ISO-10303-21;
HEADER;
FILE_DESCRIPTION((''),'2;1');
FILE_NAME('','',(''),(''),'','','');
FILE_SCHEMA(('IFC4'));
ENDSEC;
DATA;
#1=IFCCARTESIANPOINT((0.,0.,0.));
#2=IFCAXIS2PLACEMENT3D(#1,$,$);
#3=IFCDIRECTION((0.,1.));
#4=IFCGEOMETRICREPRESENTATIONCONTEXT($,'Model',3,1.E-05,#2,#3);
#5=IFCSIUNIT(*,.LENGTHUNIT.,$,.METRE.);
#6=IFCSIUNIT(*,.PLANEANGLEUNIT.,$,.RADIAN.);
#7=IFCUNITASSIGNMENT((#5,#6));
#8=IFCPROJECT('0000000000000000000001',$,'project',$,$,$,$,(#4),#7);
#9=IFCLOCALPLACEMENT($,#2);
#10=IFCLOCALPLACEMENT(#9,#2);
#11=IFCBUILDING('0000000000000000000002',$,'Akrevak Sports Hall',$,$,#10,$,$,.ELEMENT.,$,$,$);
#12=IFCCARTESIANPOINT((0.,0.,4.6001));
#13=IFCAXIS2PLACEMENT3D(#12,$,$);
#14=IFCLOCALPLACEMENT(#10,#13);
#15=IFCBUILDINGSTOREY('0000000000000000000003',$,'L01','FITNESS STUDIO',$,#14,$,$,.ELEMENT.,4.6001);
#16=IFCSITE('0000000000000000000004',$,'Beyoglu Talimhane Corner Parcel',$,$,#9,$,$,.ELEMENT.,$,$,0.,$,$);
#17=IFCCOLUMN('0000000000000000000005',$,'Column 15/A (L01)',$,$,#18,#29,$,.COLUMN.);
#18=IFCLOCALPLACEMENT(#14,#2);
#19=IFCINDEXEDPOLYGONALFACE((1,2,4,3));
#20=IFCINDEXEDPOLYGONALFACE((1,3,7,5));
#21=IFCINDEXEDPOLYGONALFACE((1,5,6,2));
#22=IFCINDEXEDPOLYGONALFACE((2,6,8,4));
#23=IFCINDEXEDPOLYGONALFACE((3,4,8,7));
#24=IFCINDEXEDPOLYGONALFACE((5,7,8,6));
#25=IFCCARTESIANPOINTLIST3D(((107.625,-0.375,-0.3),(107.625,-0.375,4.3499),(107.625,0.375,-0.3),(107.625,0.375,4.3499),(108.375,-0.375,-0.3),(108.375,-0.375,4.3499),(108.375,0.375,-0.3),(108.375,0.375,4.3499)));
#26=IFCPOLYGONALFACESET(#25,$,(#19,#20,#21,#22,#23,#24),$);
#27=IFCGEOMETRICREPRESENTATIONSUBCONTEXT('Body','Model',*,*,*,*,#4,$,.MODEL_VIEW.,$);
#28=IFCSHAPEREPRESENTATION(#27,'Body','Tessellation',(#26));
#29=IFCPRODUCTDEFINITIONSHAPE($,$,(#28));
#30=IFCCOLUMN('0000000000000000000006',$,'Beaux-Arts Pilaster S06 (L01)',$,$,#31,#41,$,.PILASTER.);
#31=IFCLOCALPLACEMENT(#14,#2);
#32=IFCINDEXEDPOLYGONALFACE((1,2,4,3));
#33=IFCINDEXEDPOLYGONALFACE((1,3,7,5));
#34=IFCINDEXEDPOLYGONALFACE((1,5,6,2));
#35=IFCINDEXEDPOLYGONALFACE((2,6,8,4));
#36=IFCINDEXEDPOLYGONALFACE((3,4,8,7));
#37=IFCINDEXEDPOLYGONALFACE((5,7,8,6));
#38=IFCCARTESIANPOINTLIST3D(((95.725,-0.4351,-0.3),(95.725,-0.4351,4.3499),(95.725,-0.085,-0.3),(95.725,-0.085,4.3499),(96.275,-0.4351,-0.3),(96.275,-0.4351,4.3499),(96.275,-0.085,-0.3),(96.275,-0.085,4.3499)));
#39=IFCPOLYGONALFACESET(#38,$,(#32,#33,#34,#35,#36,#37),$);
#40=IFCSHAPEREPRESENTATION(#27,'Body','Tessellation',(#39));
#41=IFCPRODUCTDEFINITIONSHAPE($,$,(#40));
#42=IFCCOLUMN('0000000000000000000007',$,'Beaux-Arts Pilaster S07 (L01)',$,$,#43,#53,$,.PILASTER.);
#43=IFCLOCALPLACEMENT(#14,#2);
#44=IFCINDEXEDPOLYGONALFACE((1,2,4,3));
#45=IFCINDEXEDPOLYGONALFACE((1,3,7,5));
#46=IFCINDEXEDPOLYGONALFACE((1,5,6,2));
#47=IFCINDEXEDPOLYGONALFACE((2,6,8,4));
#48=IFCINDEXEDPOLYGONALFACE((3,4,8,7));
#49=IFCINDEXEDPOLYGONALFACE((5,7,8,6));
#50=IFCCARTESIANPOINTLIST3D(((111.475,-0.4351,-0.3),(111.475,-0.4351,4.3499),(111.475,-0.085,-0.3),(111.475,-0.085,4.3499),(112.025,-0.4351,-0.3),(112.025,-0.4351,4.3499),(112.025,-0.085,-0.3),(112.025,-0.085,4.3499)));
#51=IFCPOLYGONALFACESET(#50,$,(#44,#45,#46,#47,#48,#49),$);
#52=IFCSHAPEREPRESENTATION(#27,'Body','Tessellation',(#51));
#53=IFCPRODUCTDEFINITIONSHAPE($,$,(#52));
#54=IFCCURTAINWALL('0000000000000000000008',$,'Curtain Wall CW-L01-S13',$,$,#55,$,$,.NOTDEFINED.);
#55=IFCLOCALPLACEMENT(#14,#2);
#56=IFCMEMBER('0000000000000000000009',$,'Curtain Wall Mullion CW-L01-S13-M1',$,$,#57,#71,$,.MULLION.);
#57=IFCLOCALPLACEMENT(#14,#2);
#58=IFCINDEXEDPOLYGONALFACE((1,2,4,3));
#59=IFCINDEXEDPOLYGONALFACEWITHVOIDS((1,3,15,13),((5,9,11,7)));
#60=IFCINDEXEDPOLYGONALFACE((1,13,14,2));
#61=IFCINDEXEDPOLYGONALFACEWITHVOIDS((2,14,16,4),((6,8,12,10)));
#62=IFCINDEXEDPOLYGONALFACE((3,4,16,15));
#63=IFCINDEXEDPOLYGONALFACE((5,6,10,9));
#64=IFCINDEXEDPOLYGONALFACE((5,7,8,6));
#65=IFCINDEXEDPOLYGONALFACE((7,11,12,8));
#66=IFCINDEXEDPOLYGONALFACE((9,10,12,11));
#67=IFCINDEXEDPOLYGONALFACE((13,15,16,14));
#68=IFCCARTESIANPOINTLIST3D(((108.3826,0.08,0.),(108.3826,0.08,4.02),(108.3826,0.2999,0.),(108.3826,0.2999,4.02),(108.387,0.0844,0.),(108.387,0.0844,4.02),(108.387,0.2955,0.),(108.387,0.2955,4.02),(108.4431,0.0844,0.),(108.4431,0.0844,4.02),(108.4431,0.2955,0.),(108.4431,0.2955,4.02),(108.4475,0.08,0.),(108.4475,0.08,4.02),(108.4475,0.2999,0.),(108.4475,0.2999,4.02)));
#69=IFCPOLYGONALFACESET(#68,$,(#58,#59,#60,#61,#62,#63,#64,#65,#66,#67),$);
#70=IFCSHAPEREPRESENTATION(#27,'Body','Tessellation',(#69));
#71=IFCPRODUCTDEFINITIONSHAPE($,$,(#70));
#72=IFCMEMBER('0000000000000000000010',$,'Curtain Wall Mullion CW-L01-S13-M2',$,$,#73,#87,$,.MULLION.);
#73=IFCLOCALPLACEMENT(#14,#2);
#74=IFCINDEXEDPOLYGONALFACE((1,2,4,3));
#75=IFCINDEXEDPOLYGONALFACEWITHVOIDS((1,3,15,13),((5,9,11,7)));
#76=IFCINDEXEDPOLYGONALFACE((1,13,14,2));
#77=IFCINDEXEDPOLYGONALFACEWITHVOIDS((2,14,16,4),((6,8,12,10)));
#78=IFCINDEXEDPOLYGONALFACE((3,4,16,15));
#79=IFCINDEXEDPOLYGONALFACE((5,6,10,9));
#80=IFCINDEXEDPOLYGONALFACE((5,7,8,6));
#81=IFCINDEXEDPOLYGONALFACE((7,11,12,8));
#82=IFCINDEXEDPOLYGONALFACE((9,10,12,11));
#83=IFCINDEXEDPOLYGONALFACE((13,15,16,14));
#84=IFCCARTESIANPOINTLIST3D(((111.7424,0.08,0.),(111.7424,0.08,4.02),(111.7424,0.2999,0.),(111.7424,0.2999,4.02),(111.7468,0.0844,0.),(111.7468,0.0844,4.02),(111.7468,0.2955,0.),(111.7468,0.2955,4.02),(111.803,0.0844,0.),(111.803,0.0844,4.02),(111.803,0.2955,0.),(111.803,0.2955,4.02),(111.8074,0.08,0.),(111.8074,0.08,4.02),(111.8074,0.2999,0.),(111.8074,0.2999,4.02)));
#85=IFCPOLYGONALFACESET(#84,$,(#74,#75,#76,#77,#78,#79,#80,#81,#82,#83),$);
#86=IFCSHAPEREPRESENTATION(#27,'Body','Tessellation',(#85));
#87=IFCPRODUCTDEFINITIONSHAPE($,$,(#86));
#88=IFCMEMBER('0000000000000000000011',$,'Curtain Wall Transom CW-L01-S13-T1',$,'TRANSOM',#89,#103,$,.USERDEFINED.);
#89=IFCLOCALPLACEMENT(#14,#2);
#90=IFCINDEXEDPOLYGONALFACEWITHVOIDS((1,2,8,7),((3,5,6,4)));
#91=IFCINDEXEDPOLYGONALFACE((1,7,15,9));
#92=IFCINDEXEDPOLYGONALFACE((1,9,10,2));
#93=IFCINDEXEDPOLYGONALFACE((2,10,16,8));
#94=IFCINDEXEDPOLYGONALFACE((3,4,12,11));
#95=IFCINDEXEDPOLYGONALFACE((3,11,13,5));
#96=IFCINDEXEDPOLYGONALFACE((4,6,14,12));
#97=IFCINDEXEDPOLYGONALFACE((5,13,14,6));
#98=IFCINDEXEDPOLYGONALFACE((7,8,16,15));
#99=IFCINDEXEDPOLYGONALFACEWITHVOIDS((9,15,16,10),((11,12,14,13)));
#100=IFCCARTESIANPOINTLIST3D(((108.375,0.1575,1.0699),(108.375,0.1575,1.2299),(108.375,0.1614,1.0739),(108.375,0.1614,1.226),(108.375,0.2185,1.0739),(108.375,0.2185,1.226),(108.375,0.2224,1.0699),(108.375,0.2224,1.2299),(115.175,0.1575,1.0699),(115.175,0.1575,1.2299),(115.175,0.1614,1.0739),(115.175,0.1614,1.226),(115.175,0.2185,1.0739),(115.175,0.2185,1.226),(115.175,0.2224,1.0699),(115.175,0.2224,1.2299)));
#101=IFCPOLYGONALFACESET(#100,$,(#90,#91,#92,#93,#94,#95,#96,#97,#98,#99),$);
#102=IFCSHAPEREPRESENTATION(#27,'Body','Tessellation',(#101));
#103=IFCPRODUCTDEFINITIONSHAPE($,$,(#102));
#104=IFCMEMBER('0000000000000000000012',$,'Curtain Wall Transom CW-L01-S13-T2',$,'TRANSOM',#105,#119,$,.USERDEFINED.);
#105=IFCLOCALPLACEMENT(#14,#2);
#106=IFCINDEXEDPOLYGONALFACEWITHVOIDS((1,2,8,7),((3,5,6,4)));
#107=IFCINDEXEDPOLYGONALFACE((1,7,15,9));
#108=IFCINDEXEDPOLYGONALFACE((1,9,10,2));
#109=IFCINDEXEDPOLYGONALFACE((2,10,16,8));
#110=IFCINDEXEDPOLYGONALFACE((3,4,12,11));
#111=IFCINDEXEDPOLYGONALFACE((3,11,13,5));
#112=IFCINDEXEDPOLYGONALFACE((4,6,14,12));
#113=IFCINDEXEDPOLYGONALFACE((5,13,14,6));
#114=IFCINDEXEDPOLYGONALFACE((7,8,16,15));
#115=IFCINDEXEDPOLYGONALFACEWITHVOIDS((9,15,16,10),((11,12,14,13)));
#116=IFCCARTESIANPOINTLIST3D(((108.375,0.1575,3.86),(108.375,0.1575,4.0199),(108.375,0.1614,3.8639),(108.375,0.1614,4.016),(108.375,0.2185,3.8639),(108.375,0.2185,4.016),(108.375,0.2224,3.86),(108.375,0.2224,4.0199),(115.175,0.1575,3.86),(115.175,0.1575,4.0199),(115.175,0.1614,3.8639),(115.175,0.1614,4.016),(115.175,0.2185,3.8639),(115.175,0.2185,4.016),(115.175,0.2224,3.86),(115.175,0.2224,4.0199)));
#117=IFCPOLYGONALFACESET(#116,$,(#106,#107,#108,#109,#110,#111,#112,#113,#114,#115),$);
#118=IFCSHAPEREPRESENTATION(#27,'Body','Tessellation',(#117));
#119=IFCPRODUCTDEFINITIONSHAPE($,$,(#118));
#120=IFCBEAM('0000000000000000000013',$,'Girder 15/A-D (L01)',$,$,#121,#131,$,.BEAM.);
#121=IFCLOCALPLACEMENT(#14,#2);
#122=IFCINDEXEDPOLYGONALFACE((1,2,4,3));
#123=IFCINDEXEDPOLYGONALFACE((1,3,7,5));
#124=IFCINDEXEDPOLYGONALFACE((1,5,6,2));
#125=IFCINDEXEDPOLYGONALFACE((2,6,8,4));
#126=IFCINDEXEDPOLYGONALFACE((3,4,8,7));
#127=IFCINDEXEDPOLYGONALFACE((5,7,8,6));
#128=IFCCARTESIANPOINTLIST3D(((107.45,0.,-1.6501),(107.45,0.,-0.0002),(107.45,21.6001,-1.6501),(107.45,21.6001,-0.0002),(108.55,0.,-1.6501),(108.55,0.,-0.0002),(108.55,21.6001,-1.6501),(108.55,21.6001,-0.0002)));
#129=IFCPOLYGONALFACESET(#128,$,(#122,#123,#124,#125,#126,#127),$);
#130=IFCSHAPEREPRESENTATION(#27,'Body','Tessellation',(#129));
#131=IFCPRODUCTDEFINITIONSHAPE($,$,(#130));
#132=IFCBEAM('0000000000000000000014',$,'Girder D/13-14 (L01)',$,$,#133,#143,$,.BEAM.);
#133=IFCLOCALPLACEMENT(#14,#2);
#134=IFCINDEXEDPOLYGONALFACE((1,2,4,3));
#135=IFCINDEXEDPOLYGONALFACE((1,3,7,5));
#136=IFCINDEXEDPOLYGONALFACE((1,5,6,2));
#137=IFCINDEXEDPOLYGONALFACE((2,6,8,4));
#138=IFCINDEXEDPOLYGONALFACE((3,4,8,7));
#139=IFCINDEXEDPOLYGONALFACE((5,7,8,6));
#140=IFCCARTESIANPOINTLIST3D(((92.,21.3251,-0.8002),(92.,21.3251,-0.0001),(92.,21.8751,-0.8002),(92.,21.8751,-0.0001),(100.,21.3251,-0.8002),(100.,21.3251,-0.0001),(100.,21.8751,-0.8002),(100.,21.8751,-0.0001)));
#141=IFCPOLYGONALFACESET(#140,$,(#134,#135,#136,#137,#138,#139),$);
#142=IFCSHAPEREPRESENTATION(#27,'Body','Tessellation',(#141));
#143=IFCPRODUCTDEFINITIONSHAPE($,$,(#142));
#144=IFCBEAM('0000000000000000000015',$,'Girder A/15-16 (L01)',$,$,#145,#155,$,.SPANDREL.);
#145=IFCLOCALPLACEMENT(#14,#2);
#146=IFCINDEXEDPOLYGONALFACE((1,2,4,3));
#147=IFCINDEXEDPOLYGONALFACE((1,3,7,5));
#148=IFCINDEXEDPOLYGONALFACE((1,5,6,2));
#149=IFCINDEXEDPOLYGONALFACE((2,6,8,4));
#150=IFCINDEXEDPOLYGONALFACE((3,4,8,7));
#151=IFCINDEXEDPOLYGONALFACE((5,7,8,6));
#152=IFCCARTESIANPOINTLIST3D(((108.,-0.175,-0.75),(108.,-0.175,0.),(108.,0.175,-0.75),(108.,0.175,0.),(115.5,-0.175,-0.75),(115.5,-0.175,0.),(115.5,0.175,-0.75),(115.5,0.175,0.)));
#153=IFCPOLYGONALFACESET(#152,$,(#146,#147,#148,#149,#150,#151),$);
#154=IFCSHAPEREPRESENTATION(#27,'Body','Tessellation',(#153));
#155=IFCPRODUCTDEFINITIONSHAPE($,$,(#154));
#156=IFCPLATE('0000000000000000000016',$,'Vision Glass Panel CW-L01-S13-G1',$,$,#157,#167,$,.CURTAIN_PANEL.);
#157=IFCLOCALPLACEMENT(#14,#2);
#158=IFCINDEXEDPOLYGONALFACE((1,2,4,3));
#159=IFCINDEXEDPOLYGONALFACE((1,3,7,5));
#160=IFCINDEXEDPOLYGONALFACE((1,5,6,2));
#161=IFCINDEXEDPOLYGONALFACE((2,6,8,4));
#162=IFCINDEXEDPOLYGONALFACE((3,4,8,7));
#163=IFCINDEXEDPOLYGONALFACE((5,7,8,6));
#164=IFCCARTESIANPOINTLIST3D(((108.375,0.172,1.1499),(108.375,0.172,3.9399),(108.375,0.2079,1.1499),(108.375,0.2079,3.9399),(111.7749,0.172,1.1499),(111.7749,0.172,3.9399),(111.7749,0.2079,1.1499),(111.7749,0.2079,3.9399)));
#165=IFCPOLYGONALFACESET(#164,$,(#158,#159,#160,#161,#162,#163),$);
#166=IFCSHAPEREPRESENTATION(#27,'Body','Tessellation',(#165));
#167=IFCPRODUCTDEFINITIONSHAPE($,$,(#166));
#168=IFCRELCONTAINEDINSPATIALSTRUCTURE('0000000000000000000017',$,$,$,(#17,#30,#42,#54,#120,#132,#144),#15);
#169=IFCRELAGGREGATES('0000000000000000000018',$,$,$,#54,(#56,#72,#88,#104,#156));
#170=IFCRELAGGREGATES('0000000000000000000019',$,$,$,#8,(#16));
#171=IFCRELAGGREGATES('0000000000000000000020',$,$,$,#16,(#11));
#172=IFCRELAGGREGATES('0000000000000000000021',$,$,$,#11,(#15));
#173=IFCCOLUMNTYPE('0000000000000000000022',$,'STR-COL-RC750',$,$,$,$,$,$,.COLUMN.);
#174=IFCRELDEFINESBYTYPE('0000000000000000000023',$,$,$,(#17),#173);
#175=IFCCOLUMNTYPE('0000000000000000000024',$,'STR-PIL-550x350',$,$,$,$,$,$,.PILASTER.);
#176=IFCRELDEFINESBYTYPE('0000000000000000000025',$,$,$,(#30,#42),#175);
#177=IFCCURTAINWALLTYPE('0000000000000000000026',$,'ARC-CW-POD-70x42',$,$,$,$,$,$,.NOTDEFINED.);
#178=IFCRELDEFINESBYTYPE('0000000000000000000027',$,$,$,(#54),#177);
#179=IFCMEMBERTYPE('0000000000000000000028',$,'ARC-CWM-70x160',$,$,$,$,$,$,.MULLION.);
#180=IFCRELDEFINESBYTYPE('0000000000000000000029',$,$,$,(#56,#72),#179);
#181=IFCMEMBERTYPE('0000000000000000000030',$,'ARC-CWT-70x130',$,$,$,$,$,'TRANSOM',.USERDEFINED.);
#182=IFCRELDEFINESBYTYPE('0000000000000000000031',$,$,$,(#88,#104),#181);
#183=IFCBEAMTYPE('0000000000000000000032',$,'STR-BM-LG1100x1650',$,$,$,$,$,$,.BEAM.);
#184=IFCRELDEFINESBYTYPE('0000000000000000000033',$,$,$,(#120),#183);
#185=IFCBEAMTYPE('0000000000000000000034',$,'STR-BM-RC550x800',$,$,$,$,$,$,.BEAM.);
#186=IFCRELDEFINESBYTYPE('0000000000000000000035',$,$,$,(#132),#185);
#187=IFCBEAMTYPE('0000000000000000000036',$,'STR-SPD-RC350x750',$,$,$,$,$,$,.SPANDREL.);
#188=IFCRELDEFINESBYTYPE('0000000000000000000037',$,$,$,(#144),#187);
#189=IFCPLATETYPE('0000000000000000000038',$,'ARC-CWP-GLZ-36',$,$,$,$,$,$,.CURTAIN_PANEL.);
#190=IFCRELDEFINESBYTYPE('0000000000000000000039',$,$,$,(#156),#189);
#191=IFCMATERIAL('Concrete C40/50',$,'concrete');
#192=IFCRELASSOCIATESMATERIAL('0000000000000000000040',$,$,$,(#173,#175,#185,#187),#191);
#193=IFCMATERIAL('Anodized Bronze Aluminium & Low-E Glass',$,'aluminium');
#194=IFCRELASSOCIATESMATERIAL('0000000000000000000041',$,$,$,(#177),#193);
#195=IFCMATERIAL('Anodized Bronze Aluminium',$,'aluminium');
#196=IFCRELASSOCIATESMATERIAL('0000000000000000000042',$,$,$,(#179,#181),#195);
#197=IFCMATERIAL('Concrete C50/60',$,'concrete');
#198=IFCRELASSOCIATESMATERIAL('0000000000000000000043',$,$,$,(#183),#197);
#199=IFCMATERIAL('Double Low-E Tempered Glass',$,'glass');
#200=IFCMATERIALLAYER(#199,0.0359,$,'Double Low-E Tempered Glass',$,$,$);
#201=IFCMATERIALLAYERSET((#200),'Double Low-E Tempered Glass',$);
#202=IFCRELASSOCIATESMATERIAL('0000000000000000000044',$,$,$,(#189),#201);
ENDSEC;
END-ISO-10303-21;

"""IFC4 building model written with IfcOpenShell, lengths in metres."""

from ifc_helpers import new_model, si_unit, direction, frame, origin, origin_2d, place, context, subcontext, project, spatial, rectangle, hollow_rectangle, extrude, material, layer, layer_set, material_profile, profile_set, type_object, element, aggregate, save


model = new_model("IFC4")

# Units and contexts
model_context = context("Model", 3, precision=1e-05, world=origin(), true_north=direction((0.0, 1.0)))
body_context = subcontext(model_context, "Body", "Model", "MODEL_VIEW")
ifc_project = project(units=[si_unit("LENGTHUNIT", "METRE"), si_unit("PLANEANGLEUNIT", "RADIAN")], contexts=[model_context])

# Site, building, storey
site_placement = place(None, origin())
site = spatial("IfcSite", under=ifc_project, at=site_placement, Name="Beyoglu Talimhane Corner Parcel", CompositionType="ELEMENT", RefElevation=0.0)
building_placement = place(site_placement, origin())
building = spatial("IfcBuilding", under=site, at=building_placement, Name="Akrevak Sports Hall", CompositionType="ELEMENT")
storey_placement = place(building_placement, frame((0.0, 0.0, 4.6001)))
storey = spatial("IfcBuildingStorey", under=building, at=storey_placement, Name="L01", Description="FITNESS STUDIO", CompositionType="ELEMENT", Elevation=4.6001)

# Columns
ifc_material_1 = material(Name="Concrete C40/50", Category="concrete")
ifc_material_profile_1 = material_profile(ifc_material_1, rectangle(XDim=0.75, YDim=0.75, at=origin_2d()), Name="RC 750x750", Category="concrete")
ifc_profile_set_1 = profile_set([ifc_material_profile_1], Name="Concrete C40/50")
column_type_1 = type_object("IfcColumnType", Name="STR-COL-RC750", PredefinedType="COLUMN", material=ifc_profile_set_1)
column_placement = place(storey_placement, frame((108.0, 0.0, -0.3), z_axis=(0.0, 0.0, 1.0), x_axis=(1.0, 0.0, 0.0)))
element("IfcColumn", 1, at=column_placement, inside=storey, type_object=column_type_1, Name="Column 15/A (L01)", PredefinedType="COLUMN", context=body_context, shape_type="SweptSolid", body=[
    extrude(rectangle(XDim=0.75, YDim=0.75, at=origin_2d()), origin(), (0.0, 0.0, 1.0), 4.6499),
])
ifc_material_profile_2 = material_profile(ifc_material_1, rectangle(XDim=0.55, YDim=0.3501, at=origin_2d()), Name="PIL 550x350", Category="concrete")
ifc_profile_set_2 = profile_set([ifc_material_profile_2], Name="Concrete C40/50")
column_type_2 = type_object("IfcColumnType", Name="STR-PIL-550x350", PredefinedType="PILASTER", material=ifc_profile_set_2)
for number, where, z_axis, x_axis, name in (
    (2, (96.0, -0.26, -0.3), (0.0, 0.0, 1.0), (1.0, 0.0, 0.0), "Beaux-Arts Pilaster S06 (L01)"),
    (3, (111.75, -0.26, -0.3), (0.0, 0.0, 1.0), (1.0, 0.0, 0.0), "Beaux-Arts Pilaster S07 (L01)"),
):
    element("IfcColumn", number, at=place(storey_placement, frame(where, z_axis=z_axis, x_axis=x_axis)), inside=storey, type_object=column_type_2, Name=name, PredefinedType="PILASTER", context=body_context, shape_type="SweptSolid", body=[
        extrude(rectangle(XDim=0.55, YDim=0.3501, at=origin_2d()), origin(), (0.0, 0.0, 1.0), 4.6499),
    ])

# Curtain wall, members
ifc_material_2 = material(Name="Anodized Bronze Aluminium & Low-E Glass", Category="aluminium")
curtain_wall_type = type_object("IfcCurtainWallType", Name="ARC-CW-POD-70x42", PredefinedType="NOTDEFINED", material=ifc_material_2)
curtain_wall_placement = place(storey_placement, origin())
curtain_wall = element("IfcCurtainWall", 4, at=curtain_wall_placement, inside=storey, type_object=curtain_wall_type, Name="Curtain Wall CW-L01-S13", PredefinedType="NOTDEFINED")
ifc_material_3 = material(Name="Anodized Bronze Aluminium", Category="aluminium")
ifc_material_profile_3 = material_profile(ifc_material_3, hollow_rectangle(XDim=0.0649, YDim=0.22, WallThickness=0.0044, at=origin_2d()), Name="CWM 65x220", Category="aluminium")
ifc_profile_set_3 = profile_set([ifc_material_profile_3], Name="Anodized Bronze Aluminium")
member_type_1 = type_object("IfcMemberType", Name="ARC-CWM-70x160", PredefinedType="MULLION", material=ifc_profile_set_3)
member_1_placement = place(storey_placement, frame((108.415, 0.1899, 0.0), z_axis=(0.0, 0.0, 1.0), x_axis=(1.0, 0.0, 0.0)))
member_1 = element("IfcMember", 5, at=member_1_placement, type_object=member_type_1, Name="Curtain Wall Mullion CW-L01-S13-M1", PredefinedType="MULLION", context=body_context, shape_type="SweptSolid", body=[
    extrude(hollow_rectangle(XDim=0.0649, YDim=0.22, WallThickness=0.0044, at=origin_2d()), origin(), (0.0, 0.0, 1.0), 4.02),
])
member_2_placement = place(storey_placement, frame((111.7749, 0.1899, 0.0), z_axis=(0.0, 0.0, 1.0), x_axis=(1.0, 0.0, 0.0)))
member_2 = element("IfcMember", 6, at=member_2_placement, type_object=member_type_1, Name="Curtain Wall Mullion CW-L01-S13-M2", PredefinedType="MULLION", context=body_context, shape_type="SweptSolid", body=[
    extrude(hollow_rectangle(XDim=0.0649, YDim=0.22, WallThickness=0.0044, at=origin_2d()), origin(), (0.0, 0.0, 1.0), 4.02),
])
ifc_material_profile_4 = material_profile(ifc_material_3, hollow_rectangle(XDim=0.0649, YDim=0.1599, WallThickness=0.0039, at=origin_2d()), Name="CWT 65x160", Category="aluminium")
ifc_profile_set_4 = profile_set([ifc_material_profile_4], Name="Anodized Bronze Aluminium")
member_type_2 = type_object("IfcMemberType", Name="ARC-CWT-70x130", ElementType="TRANSOM", PredefinedType="USERDEFINED", material=ifc_profile_set_4)
member_3_placement = place(storey_placement, frame((108.375, 0.1899, 1.1499), z_axis=(1.0, 0.0, 0.0), x_axis=(0.0, 1.0, 0.0)))
member_3 = element("IfcMember", 7, at=member_3_placement, type_object=member_type_2, Name="Curtain Wall Transom CW-L01-S13-T1", ObjectType="TRANSOM", PredefinedType="USERDEFINED", context=body_context, shape_type="SweptSolid", body=[
    extrude(hollow_rectangle(XDim=0.0649, YDim=0.1599, WallThickness=0.0039, at=origin_2d()), origin(), (0.0, 0.0, 1.0), 6.8),
])
member_4_placement = place(storey_placement, frame((108.375, 0.1899, 3.9399), z_axis=(1.0, 0.0, 0.0), x_axis=(0.0, 1.0, 0.0)))
member_4 = element("IfcMember", 8, at=member_4_placement, type_object=member_type_2, Name="Curtain Wall Transom CW-L01-S13-T2", ObjectType="TRANSOM", PredefinedType="USERDEFINED", context=body_context, shape_type="SweptSolid", body=[
    extrude(hollow_rectangle(XDim=0.0649, YDim=0.1599, WallThickness=0.0039, at=origin_2d()), origin(), (0.0, 0.0, 1.0), 6.8),
])

# Beams
ifc_material_4 = material(Name="Concrete C50/60", Category="concrete")
ifc_material_profile_5 = material_profile(ifc_material_4, rectangle(XDim=1.1001, YDim=1.6499, at=origin_2d()), Name="BM 1100x1650", Category="concrete")
ifc_profile_set_5 = profile_set([ifc_material_profile_5], Name="Concrete C50/60")
beam_type_1 = type_object("IfcBeamType", Name="STR-BM-LG1100x1650", PredefinedType="BEAM", material=ifc_profile_set_5)
beam_1_placement = place(storey_placement, frame((108.0, 0.0, -0.8252), z_axis=(0.0, 1.0, 0.0), x_axis=(-1.0, 0.0, 0.0)))
element("IfcBeam", 9, at=beam_1_placement, inside=storey, type_object=beam_type_1, Name="Girder 15/A-D (L01)", PredefinedType="BEAM", context=body_context, shape_type="SweptSolid", body=[
    extrude(rectangle(XDim=1.1001, YDim=1.6499, at=origin_2d()), origin(), (0.0, 0.0, 1.0), 21.6001),
])
ifc_material_profile_6 = material_profile(ifc_material_1, rectangle(XDim=0.55, YDim=0.8, at=origin_2d()), Name="BM 550x800", Category="concrete")
ifc_profile_set_6 = profile_set([ifc_material_profile_6], Name="Concrete C40/50")
beam_type_2 = type_object("IfcBeamType", Name="STR-BM-RC550x800", PredefinedType="BEAM", material=ifc_profile_set_6)
beam_2_placement = place(storey_placement, frame((92.0, 21.6001, -0.4001), z_axis=(1.0, 0.0, 0.0), x_axis=(0.0, 1.0, 0.0)))
element("IfcBeam", 10, at=beam_2_placement, inside=storey, type_object=beam_type_2, Name="Girder D/13-14 (L01)", PredefinedType="BEAM", context=body_context, shape_type="SweptSolid", body=[
    extrude(rectangle(XDim=0.55, YDim=0.8, at=origin_2d()), origin(), (0.0, 0.0, 1.0), 8.0),
])
ifc_material_profile_7 = material_profile(ifc_material_1, rectangle(XDim=0.3501, YDim=0.75, at=origin_2d()), Name="SPD 350x750", Category="concrete")
ifc_profile_set_7 = profile_set([ifc_material_profile_7], Name="Concrete C40/50")
beam_type_3 = type_object("IfcBeamType", Name="STR-SPD-RC350x750", PredefinedType="SPANDREL", material=ifc_profile_set_7)
beam_3_placement = place(storey_placement, frame((108.0, 0.0, -0.375), z_axis=(1.0, 0.0, 0.0), x_axis=(0.0, 1.0, 0.0)))
element("IfcBeam", 11, at=beam_3_placement, inside=storey, type_object=beam_type_3, Name="Girder A/15-16 (L01)", PredefinedType="SPANDREL", context=body_context, shape_type="SweptSolid", body=[
    extrude(rectangle(XDim=0.3501, YDim=0.75, at=origin_2d()), origin(), (0.0, 0.0, 1.0), 7.5),
])

# Plate
ifc_material_5 = material(Name="Double Low-E Tempered Glass", Category="glass")
ifc_layer_1 = layer(ifc_material_5, 0.0359, Name="Double Low-E Tempered Glass")
ifc_layer_set_1 = layer_set([ifc_layer_1], Name="Double Low-E Tempered Glass")
plate_type = type_object("IfcPlateType", Name="ARC-CWP-GLZ-36", PredefinedType="CURTAIN_PANEL", material=ifc_layer_set_1)
plate_placement = place(storey_placement, frame((110.075, 0.1899, 1.1499), z_axis=(0.0, 0.0, 1.0), x_axis=(1.0, 0.0, 0.0)))
plate = element("IfcPlate", 12, at=plate_placement, type_object=plate_type, Name="Vision Glass Panel CW-L01-S13-G1", PredefinedType="CURTAIN_PANEL", context=body_context, shape_type="SweptSolid", body=[
    extrude(rectangle(XDim=3.3999, YDim=0.0359, at=origin_2d()), origin(), (0.0, 0.0, 1.0), 2.79),
])
aggregate(curtain_wall, [member_1, member_2, member_3, member_4, plate])

save(model, "model.ifc")
